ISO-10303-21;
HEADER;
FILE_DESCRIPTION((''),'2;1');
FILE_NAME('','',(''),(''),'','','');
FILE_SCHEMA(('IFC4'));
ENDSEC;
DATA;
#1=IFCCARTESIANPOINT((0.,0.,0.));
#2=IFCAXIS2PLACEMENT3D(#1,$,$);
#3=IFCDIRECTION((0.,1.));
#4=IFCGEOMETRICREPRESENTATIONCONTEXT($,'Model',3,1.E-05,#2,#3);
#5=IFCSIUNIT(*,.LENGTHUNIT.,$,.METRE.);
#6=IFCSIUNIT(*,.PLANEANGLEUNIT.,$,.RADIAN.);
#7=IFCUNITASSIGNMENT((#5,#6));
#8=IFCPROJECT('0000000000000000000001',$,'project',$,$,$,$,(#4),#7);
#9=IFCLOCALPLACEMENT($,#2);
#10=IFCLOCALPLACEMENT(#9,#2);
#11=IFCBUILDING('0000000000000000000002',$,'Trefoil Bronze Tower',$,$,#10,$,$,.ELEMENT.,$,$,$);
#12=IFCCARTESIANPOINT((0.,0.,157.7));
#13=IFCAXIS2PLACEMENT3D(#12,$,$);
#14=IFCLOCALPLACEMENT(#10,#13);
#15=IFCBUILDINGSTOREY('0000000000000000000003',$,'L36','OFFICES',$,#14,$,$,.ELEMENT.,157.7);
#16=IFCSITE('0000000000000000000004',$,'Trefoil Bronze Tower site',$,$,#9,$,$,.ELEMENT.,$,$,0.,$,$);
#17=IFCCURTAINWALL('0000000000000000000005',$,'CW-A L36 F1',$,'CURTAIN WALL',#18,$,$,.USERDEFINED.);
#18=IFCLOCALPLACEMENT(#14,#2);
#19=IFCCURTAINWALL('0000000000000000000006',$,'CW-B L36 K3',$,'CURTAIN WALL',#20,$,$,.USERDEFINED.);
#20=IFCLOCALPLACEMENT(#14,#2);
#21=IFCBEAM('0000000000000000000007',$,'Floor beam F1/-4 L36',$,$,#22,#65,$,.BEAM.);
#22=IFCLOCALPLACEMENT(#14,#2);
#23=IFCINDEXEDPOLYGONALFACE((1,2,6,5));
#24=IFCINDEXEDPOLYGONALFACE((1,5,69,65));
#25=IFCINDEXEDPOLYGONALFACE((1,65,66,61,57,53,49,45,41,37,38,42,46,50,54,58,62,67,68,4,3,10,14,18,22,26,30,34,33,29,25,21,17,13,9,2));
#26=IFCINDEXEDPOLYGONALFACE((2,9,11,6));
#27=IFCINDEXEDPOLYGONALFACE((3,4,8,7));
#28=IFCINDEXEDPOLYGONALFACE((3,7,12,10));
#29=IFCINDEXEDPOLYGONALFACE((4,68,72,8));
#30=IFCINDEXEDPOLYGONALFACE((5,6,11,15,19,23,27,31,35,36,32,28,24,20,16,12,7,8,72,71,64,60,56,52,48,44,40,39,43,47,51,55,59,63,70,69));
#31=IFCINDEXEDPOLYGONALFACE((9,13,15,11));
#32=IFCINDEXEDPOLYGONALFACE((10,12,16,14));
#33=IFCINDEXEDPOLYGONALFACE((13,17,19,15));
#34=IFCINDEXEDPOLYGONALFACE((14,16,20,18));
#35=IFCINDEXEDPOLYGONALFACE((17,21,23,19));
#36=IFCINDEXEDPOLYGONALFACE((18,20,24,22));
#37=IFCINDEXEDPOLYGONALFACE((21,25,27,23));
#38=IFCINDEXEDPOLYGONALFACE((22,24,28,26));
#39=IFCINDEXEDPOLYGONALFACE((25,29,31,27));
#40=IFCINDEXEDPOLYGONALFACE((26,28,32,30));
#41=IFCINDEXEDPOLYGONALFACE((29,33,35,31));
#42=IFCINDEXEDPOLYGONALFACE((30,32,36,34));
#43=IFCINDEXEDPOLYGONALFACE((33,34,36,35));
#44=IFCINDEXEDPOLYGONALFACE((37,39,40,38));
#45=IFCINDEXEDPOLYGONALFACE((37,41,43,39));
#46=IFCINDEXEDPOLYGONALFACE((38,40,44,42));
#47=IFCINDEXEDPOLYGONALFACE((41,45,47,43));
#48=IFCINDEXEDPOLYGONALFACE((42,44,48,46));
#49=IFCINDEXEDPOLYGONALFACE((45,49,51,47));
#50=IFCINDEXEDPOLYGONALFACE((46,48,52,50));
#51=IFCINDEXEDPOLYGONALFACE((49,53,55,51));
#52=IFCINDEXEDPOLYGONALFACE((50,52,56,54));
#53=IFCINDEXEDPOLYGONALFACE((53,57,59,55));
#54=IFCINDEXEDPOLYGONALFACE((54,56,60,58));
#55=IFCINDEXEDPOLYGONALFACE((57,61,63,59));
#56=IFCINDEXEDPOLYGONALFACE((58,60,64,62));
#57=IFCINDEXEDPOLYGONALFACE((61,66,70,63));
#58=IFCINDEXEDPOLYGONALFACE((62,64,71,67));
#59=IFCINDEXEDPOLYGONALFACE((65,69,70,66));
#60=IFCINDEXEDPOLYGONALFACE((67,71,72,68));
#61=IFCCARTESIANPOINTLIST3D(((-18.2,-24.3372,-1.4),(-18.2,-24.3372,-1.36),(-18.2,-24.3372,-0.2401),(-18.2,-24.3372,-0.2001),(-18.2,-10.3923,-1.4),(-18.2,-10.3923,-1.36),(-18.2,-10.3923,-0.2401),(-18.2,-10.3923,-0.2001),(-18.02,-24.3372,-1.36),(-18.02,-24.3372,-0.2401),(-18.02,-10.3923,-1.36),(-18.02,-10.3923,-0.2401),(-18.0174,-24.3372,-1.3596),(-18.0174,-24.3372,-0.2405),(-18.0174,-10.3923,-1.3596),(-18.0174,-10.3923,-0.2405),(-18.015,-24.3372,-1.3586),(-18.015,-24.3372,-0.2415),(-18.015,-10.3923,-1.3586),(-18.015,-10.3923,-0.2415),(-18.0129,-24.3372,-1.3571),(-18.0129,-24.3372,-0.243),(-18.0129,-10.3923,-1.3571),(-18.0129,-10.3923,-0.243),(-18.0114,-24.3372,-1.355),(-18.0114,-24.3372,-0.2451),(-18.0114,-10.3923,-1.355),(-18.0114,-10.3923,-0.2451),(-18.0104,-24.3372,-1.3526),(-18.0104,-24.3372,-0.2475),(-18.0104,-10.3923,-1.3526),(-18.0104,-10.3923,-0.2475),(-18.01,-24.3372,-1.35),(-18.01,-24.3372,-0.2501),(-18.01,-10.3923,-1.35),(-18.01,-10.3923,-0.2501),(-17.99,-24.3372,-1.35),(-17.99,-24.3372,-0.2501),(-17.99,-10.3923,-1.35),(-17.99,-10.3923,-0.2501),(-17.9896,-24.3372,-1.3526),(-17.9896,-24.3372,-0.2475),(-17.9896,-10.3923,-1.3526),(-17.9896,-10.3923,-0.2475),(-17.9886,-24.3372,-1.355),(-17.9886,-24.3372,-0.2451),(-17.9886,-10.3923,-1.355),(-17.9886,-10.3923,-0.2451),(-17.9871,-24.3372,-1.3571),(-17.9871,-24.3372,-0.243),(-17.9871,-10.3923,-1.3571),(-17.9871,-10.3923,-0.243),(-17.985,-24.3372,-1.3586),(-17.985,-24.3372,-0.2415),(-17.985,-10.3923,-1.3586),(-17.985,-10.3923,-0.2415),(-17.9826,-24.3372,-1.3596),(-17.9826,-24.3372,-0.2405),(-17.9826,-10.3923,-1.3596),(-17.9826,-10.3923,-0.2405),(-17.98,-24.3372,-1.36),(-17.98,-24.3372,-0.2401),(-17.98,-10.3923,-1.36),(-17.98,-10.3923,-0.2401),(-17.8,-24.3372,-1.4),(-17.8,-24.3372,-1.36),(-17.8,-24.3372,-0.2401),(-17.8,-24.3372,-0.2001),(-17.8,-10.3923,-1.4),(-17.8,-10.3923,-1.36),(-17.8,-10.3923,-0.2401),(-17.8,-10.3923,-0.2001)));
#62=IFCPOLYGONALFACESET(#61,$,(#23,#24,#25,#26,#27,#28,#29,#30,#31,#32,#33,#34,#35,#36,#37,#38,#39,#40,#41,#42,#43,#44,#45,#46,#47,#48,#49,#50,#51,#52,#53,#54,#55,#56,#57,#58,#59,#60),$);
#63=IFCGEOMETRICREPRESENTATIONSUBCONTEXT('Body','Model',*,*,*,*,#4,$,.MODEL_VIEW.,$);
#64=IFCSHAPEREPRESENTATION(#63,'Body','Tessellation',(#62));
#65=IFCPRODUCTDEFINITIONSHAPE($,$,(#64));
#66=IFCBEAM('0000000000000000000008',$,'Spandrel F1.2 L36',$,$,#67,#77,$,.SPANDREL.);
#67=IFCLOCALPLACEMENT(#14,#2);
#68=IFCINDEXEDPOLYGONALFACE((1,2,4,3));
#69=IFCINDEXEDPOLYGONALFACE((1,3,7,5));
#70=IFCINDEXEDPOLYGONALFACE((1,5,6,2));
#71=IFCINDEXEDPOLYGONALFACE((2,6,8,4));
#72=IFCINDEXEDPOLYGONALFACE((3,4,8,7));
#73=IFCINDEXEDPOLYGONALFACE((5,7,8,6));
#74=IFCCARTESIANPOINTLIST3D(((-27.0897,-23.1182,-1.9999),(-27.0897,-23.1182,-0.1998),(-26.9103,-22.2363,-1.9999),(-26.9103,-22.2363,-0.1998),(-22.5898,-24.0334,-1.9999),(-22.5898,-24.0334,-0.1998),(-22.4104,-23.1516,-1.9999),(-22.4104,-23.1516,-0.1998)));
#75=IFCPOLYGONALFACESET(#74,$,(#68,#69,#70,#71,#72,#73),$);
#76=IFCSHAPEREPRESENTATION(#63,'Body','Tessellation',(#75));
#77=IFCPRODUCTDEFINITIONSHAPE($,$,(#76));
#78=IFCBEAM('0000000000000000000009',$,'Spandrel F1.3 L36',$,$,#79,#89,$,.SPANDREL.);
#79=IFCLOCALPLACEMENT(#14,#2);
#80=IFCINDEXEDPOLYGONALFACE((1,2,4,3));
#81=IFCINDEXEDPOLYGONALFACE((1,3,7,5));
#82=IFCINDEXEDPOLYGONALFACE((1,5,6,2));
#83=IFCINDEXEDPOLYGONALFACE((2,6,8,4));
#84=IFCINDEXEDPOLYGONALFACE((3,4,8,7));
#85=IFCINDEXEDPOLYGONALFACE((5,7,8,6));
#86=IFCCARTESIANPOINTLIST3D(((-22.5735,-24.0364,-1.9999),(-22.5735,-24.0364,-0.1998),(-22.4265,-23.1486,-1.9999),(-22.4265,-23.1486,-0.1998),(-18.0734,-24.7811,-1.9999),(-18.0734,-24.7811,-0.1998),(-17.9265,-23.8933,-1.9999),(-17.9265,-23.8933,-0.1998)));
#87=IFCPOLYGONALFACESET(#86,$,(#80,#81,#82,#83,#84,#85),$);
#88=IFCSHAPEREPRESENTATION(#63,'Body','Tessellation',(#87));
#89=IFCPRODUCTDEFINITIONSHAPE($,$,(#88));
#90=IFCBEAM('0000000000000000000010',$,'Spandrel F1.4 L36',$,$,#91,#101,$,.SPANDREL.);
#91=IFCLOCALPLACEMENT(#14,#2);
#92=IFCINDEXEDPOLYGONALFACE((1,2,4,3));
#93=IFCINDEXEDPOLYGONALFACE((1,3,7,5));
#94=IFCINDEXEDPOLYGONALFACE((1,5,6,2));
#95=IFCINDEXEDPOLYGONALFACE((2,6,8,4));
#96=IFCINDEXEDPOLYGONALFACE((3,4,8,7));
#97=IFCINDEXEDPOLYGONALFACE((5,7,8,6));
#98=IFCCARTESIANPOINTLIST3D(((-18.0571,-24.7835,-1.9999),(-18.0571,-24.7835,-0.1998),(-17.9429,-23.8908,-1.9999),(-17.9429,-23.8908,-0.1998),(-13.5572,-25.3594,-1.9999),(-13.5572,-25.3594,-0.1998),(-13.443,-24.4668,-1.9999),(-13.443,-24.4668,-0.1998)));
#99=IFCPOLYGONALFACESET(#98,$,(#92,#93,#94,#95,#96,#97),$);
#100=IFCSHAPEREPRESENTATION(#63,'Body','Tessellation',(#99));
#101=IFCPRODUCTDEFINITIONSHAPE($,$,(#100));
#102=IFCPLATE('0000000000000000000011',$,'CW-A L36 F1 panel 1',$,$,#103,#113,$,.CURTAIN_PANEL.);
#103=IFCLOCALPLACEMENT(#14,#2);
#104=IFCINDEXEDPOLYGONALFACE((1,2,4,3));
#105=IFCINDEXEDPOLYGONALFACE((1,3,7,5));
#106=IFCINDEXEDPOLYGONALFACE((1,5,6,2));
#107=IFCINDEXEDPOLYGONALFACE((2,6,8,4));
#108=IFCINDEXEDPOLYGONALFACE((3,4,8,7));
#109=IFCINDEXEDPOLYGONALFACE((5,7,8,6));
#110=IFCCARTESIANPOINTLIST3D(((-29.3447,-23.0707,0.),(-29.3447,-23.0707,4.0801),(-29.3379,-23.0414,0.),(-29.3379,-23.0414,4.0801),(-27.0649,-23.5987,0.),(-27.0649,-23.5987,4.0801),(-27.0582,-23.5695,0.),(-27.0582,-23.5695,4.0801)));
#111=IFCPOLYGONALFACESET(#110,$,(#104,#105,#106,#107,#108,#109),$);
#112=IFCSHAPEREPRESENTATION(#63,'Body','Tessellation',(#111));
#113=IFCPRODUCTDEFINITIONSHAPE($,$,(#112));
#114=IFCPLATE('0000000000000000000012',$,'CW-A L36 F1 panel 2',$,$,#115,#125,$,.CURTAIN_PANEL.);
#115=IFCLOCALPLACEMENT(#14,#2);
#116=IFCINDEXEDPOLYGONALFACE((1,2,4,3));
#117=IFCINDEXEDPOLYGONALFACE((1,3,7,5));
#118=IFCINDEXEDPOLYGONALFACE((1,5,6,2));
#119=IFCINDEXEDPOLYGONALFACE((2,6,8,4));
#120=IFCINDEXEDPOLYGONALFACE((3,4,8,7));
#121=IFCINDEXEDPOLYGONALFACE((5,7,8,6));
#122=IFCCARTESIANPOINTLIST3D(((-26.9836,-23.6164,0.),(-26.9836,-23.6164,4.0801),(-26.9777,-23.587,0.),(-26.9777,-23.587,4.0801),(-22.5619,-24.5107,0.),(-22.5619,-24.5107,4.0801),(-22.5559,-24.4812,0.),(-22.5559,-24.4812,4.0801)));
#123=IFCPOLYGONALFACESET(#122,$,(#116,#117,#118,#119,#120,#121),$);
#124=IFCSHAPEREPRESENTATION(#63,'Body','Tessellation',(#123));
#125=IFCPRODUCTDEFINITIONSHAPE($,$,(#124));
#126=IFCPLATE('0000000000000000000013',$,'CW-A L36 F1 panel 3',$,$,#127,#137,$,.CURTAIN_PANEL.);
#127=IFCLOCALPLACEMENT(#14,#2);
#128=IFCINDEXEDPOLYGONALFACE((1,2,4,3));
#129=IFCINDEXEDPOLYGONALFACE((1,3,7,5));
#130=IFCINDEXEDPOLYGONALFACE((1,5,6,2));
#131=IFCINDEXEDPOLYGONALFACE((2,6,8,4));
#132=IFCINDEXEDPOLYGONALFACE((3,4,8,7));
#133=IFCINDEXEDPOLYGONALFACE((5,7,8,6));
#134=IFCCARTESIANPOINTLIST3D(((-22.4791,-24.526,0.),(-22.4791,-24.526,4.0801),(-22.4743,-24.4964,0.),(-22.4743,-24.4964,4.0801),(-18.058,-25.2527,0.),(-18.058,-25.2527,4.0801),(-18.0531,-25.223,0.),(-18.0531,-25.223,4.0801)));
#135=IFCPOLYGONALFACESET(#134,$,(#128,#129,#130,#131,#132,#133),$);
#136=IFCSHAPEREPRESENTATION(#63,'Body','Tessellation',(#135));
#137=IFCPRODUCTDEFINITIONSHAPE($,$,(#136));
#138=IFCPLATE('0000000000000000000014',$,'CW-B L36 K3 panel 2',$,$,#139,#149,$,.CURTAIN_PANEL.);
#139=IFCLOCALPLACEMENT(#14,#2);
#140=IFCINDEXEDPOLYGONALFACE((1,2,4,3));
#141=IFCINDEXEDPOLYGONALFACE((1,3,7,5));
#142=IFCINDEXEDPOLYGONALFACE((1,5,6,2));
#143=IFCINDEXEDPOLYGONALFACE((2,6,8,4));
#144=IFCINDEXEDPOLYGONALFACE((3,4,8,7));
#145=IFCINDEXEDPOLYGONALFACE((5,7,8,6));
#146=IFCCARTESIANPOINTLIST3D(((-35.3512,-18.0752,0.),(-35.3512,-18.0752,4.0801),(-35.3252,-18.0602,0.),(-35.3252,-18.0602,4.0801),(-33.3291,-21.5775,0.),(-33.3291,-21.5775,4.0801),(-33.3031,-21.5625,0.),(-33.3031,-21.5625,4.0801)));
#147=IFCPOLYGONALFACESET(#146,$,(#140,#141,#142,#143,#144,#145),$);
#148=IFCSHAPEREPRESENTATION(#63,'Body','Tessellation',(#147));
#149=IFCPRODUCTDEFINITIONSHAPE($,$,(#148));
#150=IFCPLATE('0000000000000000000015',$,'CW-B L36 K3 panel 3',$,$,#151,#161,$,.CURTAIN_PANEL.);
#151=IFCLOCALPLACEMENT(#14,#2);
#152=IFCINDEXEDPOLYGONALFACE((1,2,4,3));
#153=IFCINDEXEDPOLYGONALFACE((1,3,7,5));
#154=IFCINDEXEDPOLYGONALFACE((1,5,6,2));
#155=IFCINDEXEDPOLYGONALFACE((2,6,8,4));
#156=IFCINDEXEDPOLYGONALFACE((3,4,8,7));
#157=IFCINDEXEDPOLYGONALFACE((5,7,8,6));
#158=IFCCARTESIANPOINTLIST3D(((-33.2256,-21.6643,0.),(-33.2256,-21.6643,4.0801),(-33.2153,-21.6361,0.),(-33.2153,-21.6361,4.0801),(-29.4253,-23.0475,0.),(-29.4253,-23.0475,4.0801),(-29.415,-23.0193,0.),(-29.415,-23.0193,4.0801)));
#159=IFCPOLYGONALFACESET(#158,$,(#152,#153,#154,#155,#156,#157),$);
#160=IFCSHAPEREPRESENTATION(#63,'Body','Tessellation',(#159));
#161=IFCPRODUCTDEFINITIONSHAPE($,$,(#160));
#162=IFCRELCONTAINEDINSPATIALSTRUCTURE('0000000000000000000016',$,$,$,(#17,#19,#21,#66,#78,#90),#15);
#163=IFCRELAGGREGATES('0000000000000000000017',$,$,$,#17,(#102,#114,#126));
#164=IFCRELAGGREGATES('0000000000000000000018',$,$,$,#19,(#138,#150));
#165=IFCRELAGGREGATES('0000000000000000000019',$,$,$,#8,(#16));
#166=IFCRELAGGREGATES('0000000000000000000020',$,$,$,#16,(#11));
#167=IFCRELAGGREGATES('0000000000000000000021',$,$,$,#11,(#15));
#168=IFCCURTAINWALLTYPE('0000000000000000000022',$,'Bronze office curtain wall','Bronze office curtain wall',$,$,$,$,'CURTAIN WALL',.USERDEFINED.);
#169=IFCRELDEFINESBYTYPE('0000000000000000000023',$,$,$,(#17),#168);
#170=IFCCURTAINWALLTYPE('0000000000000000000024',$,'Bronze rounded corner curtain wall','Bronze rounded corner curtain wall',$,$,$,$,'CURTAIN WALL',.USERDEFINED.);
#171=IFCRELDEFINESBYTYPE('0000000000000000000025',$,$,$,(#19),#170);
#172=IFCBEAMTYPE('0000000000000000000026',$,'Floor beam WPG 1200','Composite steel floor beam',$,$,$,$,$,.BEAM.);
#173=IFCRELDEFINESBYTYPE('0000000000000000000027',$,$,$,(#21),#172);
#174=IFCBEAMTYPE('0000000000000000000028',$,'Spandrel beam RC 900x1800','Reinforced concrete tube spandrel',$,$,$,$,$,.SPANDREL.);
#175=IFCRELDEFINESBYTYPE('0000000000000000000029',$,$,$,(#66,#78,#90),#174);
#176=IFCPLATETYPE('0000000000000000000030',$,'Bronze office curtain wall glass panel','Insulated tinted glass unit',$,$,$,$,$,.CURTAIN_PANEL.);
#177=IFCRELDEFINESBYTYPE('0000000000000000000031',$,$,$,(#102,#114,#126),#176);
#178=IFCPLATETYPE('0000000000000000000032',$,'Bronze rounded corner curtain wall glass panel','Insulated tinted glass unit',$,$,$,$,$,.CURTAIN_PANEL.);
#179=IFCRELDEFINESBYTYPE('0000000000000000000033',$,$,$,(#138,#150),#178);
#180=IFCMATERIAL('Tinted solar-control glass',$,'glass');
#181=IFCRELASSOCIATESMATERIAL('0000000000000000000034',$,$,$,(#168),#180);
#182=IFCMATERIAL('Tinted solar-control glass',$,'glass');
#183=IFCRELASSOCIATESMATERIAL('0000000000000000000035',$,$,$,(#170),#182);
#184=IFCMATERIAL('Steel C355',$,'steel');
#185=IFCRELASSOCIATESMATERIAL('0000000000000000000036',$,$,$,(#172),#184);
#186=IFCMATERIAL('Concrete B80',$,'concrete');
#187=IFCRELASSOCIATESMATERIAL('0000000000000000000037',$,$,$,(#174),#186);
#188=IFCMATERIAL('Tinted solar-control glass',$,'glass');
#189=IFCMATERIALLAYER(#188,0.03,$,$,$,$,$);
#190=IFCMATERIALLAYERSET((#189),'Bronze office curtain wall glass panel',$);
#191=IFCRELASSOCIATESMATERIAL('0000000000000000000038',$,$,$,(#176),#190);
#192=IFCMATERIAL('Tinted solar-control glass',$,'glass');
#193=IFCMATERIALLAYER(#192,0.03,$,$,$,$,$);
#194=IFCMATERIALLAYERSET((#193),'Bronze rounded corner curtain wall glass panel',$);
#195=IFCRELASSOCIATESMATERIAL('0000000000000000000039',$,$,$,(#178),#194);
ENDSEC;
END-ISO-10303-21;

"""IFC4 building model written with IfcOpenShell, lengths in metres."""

from ifc_helpers import new_model, si_unit, direction, frame, origin, origin_2d, place, context, subcontext, project, spatial, rectangle, i_section, extrude, material, layer, layer_set, material_profile, profile_set, type_object, element, aggregate, save


model = new_model("IFC4")

# Units and contexts
model_context = context("Model", 3, precision=1e-05, world=origin(), true_north=direction((0.0, 1.0)))
body_context = subcontext(model_context, "Body", "Model", "MODEL_VIEW")
ifc_project = project(units=[si_unit("LENGTHUNIT", "METRE"), si_unit("PLANEANGLEUNIT", "RADIAN")], contexts=[model_context])

# Site, building, storey
site_placement = place(None, origin())
site = spatial("IfcSite", under=ifc_project, at=site_placement, Name="Trefoil Bronze Tower site", CompositionType="ELEMENT", RefElevation=0.0)
building_placement = place(site_placement, origin())
building = spatial("IfcBuilding", under=site, at=building_placement, Name="Trefoil Bronze Tower", CompositionType="ELEMENT")
storey_placement = place(building_placement, frame((0.0, 0.0, 157.7)))
storey = spatial("IfcBuildingStorey", under=building, at=storey_placement, Name="L36", Description="OFFICES", CompositionType="ELEMENT", Elevation=157.7)

# Curtain walls
ifc_material_1 = material(Name="Tinted solar-control glass", Category="glass")
curtain_wall_type_1 = type_object("IfcCurtainWallType", Name="Bronze office curtain wall", Description="Bronze office curtain wall", ElementType="CURTAIN WALL", PredefinedType="USERDEFINED", material=ifc_material_1)
curtain_wall_1_placement = place(storey_placement, origin())
curtain_wall_1 = element("IfcCurtainWall", 1, at=curtain_wall_1_placement, inside=storey, type_object=curtain_wall_type_1, Name="CW-A L36 F1", ObjectType="CURTAIN WALL", PredefinedType="USERDEFINED")
ifc_material_2 = material(Name="Tinted solar-control glass", Category="glass")
curtain_wall_type_2 = type_object("IfcCurtainWallType", Name="Bronze rounded corner curtain wall", Description="Bronze rounded corner curtain wall", ElementType="CURTAIN WALL", PredefinedType="USERDEFINED", material=ifc_material_2)
curtain_wall_2_placement = place(storey_placement, origin())
curtain_wall_2 = element("IfcCurtainWall", 2, at=curtain_wall_2_placement, inside=storey, type_object=curtain_wall_type_2, Name="CW-B L36 K3", ObjectType="CURTAIN WALL", PredefinedType="USERDEFINED")

# Beams
ifc_material_3 = material(Name="Steel C355", Category="steel")
ifc_material_profile_1 = material_profile(ifc_material_3, i_section(OverallWidth=0.3999, OverallDepth=1.2, WebThickness=0.02, FlangeThickness=0.04, FilletRadius=0.01, at=origin_2d()), Name="WPG 1200")
ifc_profile_set_1 = profile_set([ifc_material_profile_1], Name="Steel C355")
beam_type_1 = type_object("IfcBeamType", Name="Floor beam WPG 1200", Description="Composite steel floor beam", PredefinedType="BEAM", material=ifc_profile_set_1)
beam_1_placement = place(storey_placement, frame((-18.0, -24.3372, -0.8), z_axis=(0.0, 1.0, 0.0), x_axis=(-1.0, 0.0, 0.0)))
element("IfcBeam", 3, at=beam_1_placement, inside=storey, type_object=beam_type_1, Name="Floor beam F1/-4 L36", PredefinedType="BEAM", context=body_context, shape_type="SweptSolid", body=[
    extrude(i_section(OverallWidth=0.3999, OverallDepth=1.2, WebThickness=0.02, FlangeThickness=0.04, FilletRadius=0.01, at=origin_2d()), origin(), (0.0, 0.0, 1.0), 13.9448),
])
ifc_material_4 = material(Name="Concrete B80", Category="concrete")
ifc_material_profile_2 = material_profile(ifc_material_4, rectangle(XDim=0.8999, YDim=1.8, at=origin_2d()), Name="RC 900x1800")
ifc_profile_set_2 = profile_set([ifc_material_profile_2], Name="Concrete B80")
beam_type_2 = type_object("IfcBeamType", Name="Spandrel beam RC 900x1800", Description="Reinforced concrete tube spandrel", PredefinedType="SPANDREL", material=ifc_profile_set_2)
beam_2_placement = place(storey_placement, frame((-27.0, -22.6772, -1.0999), z_axis=(0.979935, -0.199315, 0.0), x_axis=(0.199315, 0.979935, 0.0)))
element("IfcBeam", 4, at=beam_2_placement, inside=storey, type_object=beam_type_2, Name="Spandrel F1.2 L36", PredefinedType="SPANDREL", context=body_context, shape_type="SweptSolid", body=[
    extrude(rectangle(XDim=0.8999, YDim=1.8, at=origin_2d()), origin(), (0.0, 0.0, 1.0), 4.592),
])
beam_3_placement = place(storey_placement, frame((-22.5, -23.5925, -1.0999), z_axis=(0.986584, -0.163253, 0.0), x_axis=(0.163253, 0.986584, 0.0)))
element("IfcBeam", 5, at=beam_3_placement, inside=storey, type_object=beam_type_2, Name="Spandrel F1.3 L36", PredefinedType="SPANDREL", context=body_context, shape_type="SweptSolid", body=[
    extrude(rectangle(XDim=0.8999, YDim=1.8, at=origin_2d()), origin(), (0.0, 0.0, 1.0), 4.5613),
])
beam_4_placement = place(storey_placement, frame((-18.0, -24.3372, -1.0999), z_axis=(0.991909, -0.126948, 0.0), x_axis=(0.126948, 0.991909, 0.0)))
element("IfcBeam", 6, at=beam_4_placement, inside=storey, type_object=beam_type_2, Name="Spandrel F1.4 L36", PredefinedType="SPANDREL", context=body_context, shape_type="SweptSolid", body=[
    extrude(rectangle(XDim=0.8999, YDim=1.8, at=origin_2d()), origin(), (0.0, 0.0, 1.0), 4.5366),
])

# Plates
ifc_material_5 = material(Name="Tinted solar-control glass", Category="glass")
ifc_layer_1 = layer(ifc_material_5, 0.03)
ifc_layer_set_1 = layer_set([ifc_layer_1], Name="Bronze office curtain wall glass panel")
plate_type_1 = type_object("IfcPlateType", Name="Bronze office curtain wall glass panel", Description="Insulated tinted glass unit", PredefinedType="CURTAIN_PANEL", material=ifc_layer_set_1)
plate_1_placement = place(storey_placement, frame((-28.2014, -23.3201, 0.0), z_axis=(0.0, 0.0, 1.0), x_axis=(0.974204, -0.225667, 0.0)))
plate_1 = element("IfcPlate", 7, at=plate_1_placement, type_object=plate_type_1, Name="CW-A L36 F1 panel 1", PredefinedType="CURTAIN_PANEL", context=body_context, shape_type="SweptSolid", body=[
    extrude(rectangle(XDim=2.3401, YDim=0.03, at=origin_2d()), origin(), (0.0, 0.0, 1.0), 4.0801),
])
plate_2_placement = place(storey_placement, frame((-24.7698, -24.0488, 0.0), z_axis=(0.0, 0.0, 1.0), x_axis=(0.980155, -0.198232, 0.0)))
plate_2 = element("IfcPlate", 8, at=plate_2_placement, type_object=plate_type_1, Name="CW-A L36 F1 panel 2", PredefinedType="CURTAIN_PANEL", context=body_context, shape_type="SweptSolid", body=[
    extrude(rectangle(XDim=4.5112, YDim=0.03, at=origin_2d()), origin(), (0.0, 0.0, 1.0), 4.0801),
])
plate_3_placement = place(storey_placement, frame((-20.2661, -24.8745, 0.0), z_axis=(0.0, 0.0, 1.0), x_axis=(0.98676, -0.162189, 0.0)))
plate_3 = element("IfcPlate", 9, at=plate_3_placement, type_object=plate_type_1, Name="CW-A L36 F1 panel 3", PredefinedType="CURTAIN_PANEL", context=body_context, shape_type="SweptSolid", body=[
    extrude(rectangle(XDim=4.4805, YDim=0.03, at=origin_2d()), origin(), (0.0, 0.0, 1.0), 4.0801),
])
aggregate(curtain_wall_1, [plate_1, plate_2, plate_3])
ifc_material_6 = material(Name="Tinted solar-control glass", Category="glass")
ifc_layer_2 = layer(ifc_material_6, 0.03)
ifc_layer_set_2 = layer_set([ifc_layer_2], Name="Bronze rounded corner curtain wall glass panel")
plate_type_2 = type_object("IfcPlateType", Name="Bronze rounded corner curtain wall glass panel", Description="Insulated tinted glass unit", PredefinedType="CURTAIN_PANEL", material=ifc_layer_set_2)
plate_4_placement = place(storey_placement, frame((-34.3271, -19.8188, 0.0), z_axis=(0.0, 0.0, 1.0), x_axis=(0.5, -0.866025, 0.0)))
plate_4 = element("IfcPlate", 10, at=plate_4_placement, type_object=plate_type_2, Name="CW-B L36 K3 panel 2", PredefinedType="CURTAIN_PANEL", context=body_context, shape_type="SweptSolid", body=[
    extrude(rectangle(XDim=4.0442, YDim=0.03, at=origin_2d()), origin(), (0.0, 0.0, 1.0), 4.0801),
])
plate_5_placement = place(storey_placement, frame((-31.3203, -22.3418, 0.0), z_axis=(0.0, 0.0, 1.0), x_axis=(0.939693, -0.34202, 0.0)))
plate_5 = element("IfcPlate", 11, at=plate_5_placement, type_object=plate_type_2, Name="CW-B L36 K3 panel 3", PredefinedType="CURTAIN_PANEL", context=body_context, shape_type="SweptSolid", body=[
    extrude(rectangle(XDim=4.0442, YDim=0.03, at=origin_2d()), origin(), (0.0, 0.0, 1.0), 4.0801),
])
aggregate(curtain_wall_2, [plate_4, plate_5])

save(model, "model.ifc")
